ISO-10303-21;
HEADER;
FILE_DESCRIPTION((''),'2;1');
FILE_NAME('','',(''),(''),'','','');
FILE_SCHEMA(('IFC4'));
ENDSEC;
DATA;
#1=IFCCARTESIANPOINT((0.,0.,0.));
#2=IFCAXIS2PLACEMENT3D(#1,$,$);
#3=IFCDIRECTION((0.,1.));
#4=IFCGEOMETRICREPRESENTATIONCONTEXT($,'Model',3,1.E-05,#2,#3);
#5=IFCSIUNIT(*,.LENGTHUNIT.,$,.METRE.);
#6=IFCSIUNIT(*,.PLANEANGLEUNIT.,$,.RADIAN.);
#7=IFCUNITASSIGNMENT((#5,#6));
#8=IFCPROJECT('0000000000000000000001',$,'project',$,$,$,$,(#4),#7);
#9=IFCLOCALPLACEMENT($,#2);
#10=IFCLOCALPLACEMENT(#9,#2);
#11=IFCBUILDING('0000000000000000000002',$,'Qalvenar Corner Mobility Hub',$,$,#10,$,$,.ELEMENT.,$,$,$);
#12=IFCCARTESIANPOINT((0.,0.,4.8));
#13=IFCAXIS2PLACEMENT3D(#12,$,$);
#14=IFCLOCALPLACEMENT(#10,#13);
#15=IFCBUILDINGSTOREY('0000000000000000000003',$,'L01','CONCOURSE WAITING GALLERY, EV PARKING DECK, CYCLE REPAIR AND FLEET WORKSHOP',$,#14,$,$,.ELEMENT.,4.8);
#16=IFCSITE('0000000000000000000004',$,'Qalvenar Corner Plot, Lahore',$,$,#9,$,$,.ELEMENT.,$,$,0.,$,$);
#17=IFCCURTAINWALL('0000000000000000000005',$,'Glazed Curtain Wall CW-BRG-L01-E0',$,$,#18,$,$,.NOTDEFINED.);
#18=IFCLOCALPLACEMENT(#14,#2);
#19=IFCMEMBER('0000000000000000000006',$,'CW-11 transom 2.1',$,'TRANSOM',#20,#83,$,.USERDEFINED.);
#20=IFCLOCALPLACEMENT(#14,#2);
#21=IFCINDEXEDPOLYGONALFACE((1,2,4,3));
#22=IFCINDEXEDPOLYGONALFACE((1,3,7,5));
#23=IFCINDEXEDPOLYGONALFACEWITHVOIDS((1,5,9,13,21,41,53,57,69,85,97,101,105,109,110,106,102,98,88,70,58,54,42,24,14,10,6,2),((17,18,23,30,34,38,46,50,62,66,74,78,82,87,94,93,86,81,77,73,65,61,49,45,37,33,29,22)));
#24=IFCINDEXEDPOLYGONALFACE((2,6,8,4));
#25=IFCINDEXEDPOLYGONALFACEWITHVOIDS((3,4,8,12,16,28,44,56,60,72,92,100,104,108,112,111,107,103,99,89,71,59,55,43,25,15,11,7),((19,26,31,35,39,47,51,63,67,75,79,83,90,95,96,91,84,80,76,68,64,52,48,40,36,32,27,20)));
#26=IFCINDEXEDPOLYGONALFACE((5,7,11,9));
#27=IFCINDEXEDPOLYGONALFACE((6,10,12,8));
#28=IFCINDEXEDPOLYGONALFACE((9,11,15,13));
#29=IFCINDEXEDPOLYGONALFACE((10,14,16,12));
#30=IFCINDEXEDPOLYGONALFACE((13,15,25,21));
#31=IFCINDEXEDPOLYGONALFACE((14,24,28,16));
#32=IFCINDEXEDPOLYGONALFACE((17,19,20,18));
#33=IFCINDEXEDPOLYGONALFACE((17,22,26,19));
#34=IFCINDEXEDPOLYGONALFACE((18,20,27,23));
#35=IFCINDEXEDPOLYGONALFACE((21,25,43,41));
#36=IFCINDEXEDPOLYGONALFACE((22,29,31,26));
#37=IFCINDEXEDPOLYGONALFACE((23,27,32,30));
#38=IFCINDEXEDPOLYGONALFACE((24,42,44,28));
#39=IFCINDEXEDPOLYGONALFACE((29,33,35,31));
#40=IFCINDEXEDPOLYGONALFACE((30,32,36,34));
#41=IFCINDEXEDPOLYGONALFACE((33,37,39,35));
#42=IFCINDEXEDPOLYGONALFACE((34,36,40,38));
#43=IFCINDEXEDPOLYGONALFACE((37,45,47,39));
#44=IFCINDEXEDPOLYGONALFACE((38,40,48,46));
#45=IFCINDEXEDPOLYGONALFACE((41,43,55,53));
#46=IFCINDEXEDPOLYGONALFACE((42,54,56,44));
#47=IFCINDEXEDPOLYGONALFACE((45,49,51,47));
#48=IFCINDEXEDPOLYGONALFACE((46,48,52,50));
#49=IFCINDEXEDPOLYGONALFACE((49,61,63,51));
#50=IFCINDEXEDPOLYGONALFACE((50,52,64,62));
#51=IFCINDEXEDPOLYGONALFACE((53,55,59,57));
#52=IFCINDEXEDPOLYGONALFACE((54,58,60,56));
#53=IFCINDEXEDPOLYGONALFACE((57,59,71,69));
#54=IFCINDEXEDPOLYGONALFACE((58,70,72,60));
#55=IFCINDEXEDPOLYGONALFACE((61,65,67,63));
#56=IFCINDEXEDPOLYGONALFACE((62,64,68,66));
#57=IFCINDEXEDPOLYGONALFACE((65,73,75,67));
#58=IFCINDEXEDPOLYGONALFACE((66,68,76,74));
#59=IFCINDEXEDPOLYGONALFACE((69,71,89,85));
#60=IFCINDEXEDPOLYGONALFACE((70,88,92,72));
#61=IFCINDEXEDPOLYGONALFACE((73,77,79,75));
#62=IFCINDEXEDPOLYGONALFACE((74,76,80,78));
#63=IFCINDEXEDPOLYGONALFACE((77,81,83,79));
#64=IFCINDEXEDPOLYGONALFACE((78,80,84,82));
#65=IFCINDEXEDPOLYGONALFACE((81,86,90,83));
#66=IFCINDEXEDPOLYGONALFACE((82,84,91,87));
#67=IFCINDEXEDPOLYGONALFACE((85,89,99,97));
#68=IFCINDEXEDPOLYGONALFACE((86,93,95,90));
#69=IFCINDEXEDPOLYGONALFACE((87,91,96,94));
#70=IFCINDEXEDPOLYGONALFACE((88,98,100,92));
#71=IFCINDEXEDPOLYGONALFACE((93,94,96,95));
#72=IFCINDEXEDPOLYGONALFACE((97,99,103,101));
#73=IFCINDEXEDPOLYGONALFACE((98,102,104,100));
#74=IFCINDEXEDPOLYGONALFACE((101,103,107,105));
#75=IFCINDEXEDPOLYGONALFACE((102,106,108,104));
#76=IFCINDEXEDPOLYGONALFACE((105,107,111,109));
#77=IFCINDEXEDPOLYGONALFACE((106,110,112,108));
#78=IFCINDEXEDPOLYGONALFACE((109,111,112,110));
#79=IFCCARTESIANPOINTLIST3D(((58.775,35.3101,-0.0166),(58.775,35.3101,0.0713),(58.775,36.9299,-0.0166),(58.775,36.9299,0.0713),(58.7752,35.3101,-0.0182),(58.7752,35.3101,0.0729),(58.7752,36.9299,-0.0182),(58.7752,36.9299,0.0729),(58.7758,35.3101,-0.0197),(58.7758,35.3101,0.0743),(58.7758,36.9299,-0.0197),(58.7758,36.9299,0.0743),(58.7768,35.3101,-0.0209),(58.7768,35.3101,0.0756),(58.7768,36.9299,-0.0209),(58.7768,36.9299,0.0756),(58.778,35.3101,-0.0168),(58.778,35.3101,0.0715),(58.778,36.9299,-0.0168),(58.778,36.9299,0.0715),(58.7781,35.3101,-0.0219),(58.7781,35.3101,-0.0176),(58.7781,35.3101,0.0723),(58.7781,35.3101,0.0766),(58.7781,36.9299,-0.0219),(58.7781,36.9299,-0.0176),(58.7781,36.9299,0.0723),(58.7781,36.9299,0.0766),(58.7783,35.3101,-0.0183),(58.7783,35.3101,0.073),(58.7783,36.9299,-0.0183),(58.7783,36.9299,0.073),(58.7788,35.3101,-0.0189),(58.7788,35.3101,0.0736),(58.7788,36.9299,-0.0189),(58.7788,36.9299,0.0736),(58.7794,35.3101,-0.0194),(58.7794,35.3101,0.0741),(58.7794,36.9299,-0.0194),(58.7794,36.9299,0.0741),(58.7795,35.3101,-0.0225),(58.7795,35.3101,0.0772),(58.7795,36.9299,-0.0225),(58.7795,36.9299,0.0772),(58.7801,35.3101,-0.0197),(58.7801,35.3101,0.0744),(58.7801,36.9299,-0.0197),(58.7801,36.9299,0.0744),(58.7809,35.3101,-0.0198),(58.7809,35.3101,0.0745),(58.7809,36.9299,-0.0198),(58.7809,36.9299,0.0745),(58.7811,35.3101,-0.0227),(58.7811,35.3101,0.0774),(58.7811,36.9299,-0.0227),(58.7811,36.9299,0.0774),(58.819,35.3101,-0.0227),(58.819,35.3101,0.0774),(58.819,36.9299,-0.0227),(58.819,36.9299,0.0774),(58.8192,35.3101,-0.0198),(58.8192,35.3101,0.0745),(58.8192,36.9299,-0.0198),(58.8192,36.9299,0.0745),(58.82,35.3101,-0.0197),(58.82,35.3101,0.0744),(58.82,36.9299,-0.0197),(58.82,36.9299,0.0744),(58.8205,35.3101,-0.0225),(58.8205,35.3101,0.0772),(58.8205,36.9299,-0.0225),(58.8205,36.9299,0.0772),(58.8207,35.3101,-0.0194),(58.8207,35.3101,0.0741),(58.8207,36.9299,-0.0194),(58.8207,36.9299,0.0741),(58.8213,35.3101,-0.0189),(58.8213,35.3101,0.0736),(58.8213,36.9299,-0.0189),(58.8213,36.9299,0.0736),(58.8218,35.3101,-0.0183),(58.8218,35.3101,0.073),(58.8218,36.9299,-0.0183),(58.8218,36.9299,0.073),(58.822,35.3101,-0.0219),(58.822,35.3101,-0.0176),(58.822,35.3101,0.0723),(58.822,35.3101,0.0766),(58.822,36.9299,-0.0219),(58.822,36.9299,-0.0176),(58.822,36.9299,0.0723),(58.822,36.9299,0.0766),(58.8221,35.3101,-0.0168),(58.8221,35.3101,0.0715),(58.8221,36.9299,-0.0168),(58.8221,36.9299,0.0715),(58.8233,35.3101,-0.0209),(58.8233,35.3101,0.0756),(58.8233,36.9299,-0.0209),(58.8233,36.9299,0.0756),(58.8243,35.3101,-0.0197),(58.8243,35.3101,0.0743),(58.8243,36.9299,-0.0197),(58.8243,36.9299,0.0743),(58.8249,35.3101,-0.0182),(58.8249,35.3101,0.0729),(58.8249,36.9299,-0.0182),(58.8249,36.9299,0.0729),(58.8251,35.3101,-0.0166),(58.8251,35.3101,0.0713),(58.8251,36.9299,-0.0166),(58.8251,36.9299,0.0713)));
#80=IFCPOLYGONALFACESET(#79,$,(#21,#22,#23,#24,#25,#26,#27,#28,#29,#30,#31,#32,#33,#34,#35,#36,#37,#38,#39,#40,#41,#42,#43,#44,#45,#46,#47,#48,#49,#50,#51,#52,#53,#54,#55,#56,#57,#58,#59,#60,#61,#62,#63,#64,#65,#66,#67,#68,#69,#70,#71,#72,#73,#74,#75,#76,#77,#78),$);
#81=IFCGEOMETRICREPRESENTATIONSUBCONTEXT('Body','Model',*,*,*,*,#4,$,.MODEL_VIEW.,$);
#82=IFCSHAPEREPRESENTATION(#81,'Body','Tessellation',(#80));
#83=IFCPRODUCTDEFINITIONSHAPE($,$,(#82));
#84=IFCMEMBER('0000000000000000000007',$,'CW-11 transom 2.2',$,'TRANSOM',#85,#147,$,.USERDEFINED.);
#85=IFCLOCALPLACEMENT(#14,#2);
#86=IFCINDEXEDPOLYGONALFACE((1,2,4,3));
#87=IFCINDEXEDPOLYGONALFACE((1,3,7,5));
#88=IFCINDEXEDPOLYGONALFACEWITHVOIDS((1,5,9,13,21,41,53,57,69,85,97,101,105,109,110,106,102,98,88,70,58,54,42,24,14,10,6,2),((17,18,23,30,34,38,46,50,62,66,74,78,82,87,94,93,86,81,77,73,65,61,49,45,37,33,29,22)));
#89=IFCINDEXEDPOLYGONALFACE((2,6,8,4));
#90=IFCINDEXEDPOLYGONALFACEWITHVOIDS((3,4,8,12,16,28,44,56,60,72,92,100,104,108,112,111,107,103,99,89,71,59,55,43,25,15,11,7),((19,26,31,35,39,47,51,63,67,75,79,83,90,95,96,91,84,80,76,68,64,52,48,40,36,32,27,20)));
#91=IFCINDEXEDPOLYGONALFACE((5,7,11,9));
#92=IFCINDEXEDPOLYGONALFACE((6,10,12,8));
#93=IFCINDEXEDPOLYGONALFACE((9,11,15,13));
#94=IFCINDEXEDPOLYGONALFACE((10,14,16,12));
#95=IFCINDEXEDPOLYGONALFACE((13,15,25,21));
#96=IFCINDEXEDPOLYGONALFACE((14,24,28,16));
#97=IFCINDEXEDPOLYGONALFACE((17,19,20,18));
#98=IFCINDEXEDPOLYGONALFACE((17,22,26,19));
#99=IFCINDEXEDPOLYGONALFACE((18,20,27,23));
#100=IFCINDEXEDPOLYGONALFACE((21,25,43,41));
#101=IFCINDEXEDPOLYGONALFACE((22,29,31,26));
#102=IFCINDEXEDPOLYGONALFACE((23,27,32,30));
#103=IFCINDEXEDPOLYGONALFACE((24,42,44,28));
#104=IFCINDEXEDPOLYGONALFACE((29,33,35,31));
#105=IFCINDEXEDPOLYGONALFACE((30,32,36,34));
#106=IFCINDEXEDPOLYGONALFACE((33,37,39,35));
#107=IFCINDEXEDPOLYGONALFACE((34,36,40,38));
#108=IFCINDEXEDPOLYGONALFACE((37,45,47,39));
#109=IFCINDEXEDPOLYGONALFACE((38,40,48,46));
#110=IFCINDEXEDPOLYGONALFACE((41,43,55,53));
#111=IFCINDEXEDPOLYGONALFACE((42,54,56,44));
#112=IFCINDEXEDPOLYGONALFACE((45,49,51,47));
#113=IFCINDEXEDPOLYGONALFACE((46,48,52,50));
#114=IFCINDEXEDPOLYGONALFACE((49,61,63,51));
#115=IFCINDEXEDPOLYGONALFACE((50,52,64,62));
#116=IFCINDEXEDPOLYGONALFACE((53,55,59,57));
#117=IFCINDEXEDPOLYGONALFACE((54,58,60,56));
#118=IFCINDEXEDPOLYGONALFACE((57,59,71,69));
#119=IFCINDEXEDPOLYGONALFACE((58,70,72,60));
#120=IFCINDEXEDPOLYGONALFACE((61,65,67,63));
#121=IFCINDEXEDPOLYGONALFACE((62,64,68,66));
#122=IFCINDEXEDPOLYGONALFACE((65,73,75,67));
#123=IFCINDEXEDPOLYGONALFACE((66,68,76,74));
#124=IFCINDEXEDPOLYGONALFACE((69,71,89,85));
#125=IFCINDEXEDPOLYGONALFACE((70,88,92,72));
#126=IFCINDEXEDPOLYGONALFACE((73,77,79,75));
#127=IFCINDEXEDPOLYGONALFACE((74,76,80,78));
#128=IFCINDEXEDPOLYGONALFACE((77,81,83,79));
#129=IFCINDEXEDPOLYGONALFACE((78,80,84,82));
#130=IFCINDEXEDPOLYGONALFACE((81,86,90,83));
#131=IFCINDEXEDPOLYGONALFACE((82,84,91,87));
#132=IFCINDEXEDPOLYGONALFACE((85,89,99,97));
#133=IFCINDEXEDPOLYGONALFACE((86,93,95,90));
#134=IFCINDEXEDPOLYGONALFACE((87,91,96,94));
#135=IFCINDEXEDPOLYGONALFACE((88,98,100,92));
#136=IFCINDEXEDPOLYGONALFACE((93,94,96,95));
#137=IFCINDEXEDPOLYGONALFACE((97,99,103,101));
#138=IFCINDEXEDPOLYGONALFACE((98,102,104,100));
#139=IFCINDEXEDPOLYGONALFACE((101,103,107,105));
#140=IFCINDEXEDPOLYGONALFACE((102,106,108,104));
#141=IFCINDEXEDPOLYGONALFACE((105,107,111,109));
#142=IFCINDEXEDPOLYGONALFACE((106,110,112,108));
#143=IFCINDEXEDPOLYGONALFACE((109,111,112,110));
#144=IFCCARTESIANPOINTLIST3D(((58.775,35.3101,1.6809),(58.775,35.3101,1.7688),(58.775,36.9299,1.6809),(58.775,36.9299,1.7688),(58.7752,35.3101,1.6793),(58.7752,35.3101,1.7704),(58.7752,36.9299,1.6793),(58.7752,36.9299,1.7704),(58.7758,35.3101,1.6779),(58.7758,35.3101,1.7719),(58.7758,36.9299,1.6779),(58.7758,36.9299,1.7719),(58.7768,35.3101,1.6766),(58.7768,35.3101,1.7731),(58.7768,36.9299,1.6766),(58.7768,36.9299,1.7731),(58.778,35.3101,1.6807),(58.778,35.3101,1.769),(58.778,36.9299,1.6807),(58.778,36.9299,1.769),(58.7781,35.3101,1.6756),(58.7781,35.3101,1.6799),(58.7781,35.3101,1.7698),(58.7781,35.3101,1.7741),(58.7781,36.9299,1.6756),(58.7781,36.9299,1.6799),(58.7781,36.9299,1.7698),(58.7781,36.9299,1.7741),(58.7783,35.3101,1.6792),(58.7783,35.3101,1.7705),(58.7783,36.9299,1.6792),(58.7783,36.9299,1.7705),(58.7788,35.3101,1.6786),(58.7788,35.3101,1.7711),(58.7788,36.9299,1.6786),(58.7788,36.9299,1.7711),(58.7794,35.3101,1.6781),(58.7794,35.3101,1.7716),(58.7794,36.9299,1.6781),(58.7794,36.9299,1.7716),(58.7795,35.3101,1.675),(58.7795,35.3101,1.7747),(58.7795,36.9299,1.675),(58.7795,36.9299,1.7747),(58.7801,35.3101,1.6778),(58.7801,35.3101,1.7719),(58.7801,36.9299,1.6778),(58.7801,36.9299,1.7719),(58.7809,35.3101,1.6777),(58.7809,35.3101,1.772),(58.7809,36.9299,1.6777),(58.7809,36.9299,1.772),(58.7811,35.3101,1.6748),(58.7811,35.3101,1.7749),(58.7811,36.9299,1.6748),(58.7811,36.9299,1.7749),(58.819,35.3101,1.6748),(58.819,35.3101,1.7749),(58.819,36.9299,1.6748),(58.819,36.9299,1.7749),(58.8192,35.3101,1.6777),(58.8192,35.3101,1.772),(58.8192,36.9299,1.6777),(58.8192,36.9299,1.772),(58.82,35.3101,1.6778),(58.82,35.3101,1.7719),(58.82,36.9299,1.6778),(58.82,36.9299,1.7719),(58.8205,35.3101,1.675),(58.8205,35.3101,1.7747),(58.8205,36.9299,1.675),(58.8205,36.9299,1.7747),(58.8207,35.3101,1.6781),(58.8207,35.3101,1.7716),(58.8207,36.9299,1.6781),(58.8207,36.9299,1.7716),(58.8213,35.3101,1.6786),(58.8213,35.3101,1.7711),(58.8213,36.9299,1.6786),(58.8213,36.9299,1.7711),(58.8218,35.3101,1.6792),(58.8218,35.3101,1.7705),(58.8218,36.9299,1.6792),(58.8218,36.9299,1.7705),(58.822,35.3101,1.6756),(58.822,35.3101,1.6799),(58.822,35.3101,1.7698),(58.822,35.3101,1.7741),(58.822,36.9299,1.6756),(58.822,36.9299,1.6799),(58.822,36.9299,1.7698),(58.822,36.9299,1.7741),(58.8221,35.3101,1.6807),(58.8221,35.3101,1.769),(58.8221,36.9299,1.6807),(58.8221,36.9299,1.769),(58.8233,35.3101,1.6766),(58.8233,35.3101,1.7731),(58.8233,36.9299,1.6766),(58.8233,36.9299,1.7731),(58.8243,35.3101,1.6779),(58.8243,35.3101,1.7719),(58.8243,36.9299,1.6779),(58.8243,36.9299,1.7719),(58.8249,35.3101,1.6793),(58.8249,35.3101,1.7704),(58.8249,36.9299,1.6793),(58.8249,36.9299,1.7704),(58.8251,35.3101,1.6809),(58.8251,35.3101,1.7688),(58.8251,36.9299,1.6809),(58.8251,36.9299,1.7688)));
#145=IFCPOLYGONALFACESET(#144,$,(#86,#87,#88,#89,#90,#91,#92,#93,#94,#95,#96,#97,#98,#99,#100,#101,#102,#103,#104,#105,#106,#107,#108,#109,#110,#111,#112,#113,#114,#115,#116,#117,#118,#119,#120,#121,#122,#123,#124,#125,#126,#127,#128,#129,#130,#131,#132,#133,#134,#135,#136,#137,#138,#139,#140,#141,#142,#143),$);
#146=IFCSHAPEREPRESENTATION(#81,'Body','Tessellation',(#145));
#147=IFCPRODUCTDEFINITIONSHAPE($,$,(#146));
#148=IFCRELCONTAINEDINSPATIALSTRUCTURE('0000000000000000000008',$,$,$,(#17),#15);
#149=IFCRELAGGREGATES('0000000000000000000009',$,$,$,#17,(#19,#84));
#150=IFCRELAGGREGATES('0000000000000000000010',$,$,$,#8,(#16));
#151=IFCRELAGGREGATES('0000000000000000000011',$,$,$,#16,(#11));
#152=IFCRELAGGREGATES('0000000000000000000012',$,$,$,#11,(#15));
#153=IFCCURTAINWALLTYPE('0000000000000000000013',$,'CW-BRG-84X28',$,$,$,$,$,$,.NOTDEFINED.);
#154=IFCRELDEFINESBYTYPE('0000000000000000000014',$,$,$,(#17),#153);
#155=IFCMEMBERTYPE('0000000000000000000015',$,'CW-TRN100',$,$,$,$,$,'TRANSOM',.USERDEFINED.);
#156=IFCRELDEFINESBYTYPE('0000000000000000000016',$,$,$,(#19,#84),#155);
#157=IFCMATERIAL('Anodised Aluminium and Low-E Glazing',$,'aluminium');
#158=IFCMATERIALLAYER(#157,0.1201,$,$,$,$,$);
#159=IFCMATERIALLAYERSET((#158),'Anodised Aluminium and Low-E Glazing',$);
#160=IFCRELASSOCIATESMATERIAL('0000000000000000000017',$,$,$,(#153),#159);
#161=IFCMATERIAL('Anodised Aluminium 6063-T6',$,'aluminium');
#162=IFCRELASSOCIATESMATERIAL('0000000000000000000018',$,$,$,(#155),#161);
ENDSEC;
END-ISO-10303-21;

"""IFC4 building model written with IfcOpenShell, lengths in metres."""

from ifc_helpers import new_model, si_unit, direction, frame, origin, origin_2d, place, context, subcontext, project, spatial, hollow_rectangle, extrude, material, layer, layer_set, material_profile, profile_set, type_object, element, aggregate, save


model = new_model("IFC4")

# Units and contexts
model_context = context("Model", 3, precision=1e-05, world=origin(), true_north=direction((0.0, 1.0)))
body_context = subcontext(model_context, "Body", "Model", "MODEL_VIEW")
ifc_project = project(units=[si_unit("LENGTHUNIT", "METRE"), si_unit("PLANEANGLEUNIT", "RADIAN")], contexts=[model_context])

# Site, building, storey
site_placement = place(None, origin())
site = spatial("IfcSite", under=ifc_project, at=site_placement, Name="Qalvenar Corner Plot, Lahore", CompositionType="ELEMENT", RefElevation=0.0)
building_placement = place(site_placement, origin())
building = spatial("IfcBuilding", under=site, at=building_placement, Name="Qalvenar Corner Mobility Hub", CompositionType="ELEMENT")
storey_placement = place(building_placement, frame((0.0, 0.0, 4.8)))
storey = spatial("IfcBuildingStorey", under=building, at=storey_placement, Name="L01", Description="CONCOURSE WAITING GALLERY, EV PARKING DECK, CYCLE REPAIR AND FLEET WORKSHOP", CompositionType="ELEMENT", Elevation=4.8)

# Curtain wall, members
ifc_material_1 = material(Name="Anodised Aluminium and Low-E Glazing", Category="aluminium")
ifc_layer_1 = layer(ifc_material_1, 0.1201)
ifc_layer_set_1 = layer_set([ifc_layer_1], Name="Anodised Aluminium and Low-E Glazing")
curtain_wall_type = type_object("IfcCurtainWallType", Name="CW-BRG-84X28", PredefinedType="NOTDEFINED", material=ifc_layer_set_1)
curtain_wall_placement = place(storey_placement, origin())
curtain_wall = element("IfcCurtainWall", 1, at=curtain_wall_placement, inside=storey, type_object=curtain_wall_type, Name="Glazed Curtain Wall CW-BRG-L01-E0", PredefinedType="NOTDEFINED")
ifc_material_2 = material(Name="Anodised Aluminium 6063-T6", Category="aluminium")
ifc_material_profile_1 = material_profile(ifc_material_2, hollow_rectangle(XDim=0.05, YDim=0.1001, WallThickness=0.0029, InnerFilletRadius=0.0029, OuterFilletRadius=0.0061, at=origin_2d()), Name="RHS100x50x3")
ifc_profile_set_1 = profile_set([ifc_material_profile_1], Name="Anodised Aluminium 6063-T6")
member_type_1 = type_object("IfcMemberType", Name="CW-TRN100", ElementType="TRANSOM", PredefinedType="USERDEFINED", material=ifc_profile_set_1)
member_1_placement = place(storey_placement, frame((58.8, 35.3101, 0.0273), z_axis=(0.0, 1.0, 0.0), x_axis=(-1.0, 0.0, 0.0)))
member_1 = element("IfcMember", 2, at=member_1_placement, type_object=member_type_1, Name="CW-11 transom 2.1", ObjectType="TRANSOM", PredefinedType="USERDEFINED", context=body_context, shape_type="SweptSolid", body=[
    extrude(hollow_rectangle(XDim=0.05, YDim=0.1001, WallThickness=0.0029, InnerFilletRadius=0.0029, OuterFilletRadius=0.0061, at=origin_2d()), origin(), (0.0, 0.0, 1.0), 1.6199),
])
member_2_placement = place(storey_placement, frame((58.8, 35.3101, 1.7249), z_axis=(0.0, 1.0, 0.0), x_axis=(-1.0, 0.0, 0.0)))
member_2 = element("IfcMember", 3, at=member_2_placement, type_object=member_type_1, Name="CW-11 transom 2.2", ObjectType="TRANSOM", PredefinedType="USERDEFINED", context=body_context, shape_type="SweptSolid", body=[
    extrude(hollow_rectangle(XDim=0.05, YDim=0.1001, WallThickness=0.0029, InnerFilletRadius=0.0029, OuterFilletRadius=0.0061, at=origin_2d()), origin(), (0.0, 0.0, 1.0), 1.6199),
])
aggregate(curtain_wall, [member_1, member_2])

save(model, "model.ifc")
